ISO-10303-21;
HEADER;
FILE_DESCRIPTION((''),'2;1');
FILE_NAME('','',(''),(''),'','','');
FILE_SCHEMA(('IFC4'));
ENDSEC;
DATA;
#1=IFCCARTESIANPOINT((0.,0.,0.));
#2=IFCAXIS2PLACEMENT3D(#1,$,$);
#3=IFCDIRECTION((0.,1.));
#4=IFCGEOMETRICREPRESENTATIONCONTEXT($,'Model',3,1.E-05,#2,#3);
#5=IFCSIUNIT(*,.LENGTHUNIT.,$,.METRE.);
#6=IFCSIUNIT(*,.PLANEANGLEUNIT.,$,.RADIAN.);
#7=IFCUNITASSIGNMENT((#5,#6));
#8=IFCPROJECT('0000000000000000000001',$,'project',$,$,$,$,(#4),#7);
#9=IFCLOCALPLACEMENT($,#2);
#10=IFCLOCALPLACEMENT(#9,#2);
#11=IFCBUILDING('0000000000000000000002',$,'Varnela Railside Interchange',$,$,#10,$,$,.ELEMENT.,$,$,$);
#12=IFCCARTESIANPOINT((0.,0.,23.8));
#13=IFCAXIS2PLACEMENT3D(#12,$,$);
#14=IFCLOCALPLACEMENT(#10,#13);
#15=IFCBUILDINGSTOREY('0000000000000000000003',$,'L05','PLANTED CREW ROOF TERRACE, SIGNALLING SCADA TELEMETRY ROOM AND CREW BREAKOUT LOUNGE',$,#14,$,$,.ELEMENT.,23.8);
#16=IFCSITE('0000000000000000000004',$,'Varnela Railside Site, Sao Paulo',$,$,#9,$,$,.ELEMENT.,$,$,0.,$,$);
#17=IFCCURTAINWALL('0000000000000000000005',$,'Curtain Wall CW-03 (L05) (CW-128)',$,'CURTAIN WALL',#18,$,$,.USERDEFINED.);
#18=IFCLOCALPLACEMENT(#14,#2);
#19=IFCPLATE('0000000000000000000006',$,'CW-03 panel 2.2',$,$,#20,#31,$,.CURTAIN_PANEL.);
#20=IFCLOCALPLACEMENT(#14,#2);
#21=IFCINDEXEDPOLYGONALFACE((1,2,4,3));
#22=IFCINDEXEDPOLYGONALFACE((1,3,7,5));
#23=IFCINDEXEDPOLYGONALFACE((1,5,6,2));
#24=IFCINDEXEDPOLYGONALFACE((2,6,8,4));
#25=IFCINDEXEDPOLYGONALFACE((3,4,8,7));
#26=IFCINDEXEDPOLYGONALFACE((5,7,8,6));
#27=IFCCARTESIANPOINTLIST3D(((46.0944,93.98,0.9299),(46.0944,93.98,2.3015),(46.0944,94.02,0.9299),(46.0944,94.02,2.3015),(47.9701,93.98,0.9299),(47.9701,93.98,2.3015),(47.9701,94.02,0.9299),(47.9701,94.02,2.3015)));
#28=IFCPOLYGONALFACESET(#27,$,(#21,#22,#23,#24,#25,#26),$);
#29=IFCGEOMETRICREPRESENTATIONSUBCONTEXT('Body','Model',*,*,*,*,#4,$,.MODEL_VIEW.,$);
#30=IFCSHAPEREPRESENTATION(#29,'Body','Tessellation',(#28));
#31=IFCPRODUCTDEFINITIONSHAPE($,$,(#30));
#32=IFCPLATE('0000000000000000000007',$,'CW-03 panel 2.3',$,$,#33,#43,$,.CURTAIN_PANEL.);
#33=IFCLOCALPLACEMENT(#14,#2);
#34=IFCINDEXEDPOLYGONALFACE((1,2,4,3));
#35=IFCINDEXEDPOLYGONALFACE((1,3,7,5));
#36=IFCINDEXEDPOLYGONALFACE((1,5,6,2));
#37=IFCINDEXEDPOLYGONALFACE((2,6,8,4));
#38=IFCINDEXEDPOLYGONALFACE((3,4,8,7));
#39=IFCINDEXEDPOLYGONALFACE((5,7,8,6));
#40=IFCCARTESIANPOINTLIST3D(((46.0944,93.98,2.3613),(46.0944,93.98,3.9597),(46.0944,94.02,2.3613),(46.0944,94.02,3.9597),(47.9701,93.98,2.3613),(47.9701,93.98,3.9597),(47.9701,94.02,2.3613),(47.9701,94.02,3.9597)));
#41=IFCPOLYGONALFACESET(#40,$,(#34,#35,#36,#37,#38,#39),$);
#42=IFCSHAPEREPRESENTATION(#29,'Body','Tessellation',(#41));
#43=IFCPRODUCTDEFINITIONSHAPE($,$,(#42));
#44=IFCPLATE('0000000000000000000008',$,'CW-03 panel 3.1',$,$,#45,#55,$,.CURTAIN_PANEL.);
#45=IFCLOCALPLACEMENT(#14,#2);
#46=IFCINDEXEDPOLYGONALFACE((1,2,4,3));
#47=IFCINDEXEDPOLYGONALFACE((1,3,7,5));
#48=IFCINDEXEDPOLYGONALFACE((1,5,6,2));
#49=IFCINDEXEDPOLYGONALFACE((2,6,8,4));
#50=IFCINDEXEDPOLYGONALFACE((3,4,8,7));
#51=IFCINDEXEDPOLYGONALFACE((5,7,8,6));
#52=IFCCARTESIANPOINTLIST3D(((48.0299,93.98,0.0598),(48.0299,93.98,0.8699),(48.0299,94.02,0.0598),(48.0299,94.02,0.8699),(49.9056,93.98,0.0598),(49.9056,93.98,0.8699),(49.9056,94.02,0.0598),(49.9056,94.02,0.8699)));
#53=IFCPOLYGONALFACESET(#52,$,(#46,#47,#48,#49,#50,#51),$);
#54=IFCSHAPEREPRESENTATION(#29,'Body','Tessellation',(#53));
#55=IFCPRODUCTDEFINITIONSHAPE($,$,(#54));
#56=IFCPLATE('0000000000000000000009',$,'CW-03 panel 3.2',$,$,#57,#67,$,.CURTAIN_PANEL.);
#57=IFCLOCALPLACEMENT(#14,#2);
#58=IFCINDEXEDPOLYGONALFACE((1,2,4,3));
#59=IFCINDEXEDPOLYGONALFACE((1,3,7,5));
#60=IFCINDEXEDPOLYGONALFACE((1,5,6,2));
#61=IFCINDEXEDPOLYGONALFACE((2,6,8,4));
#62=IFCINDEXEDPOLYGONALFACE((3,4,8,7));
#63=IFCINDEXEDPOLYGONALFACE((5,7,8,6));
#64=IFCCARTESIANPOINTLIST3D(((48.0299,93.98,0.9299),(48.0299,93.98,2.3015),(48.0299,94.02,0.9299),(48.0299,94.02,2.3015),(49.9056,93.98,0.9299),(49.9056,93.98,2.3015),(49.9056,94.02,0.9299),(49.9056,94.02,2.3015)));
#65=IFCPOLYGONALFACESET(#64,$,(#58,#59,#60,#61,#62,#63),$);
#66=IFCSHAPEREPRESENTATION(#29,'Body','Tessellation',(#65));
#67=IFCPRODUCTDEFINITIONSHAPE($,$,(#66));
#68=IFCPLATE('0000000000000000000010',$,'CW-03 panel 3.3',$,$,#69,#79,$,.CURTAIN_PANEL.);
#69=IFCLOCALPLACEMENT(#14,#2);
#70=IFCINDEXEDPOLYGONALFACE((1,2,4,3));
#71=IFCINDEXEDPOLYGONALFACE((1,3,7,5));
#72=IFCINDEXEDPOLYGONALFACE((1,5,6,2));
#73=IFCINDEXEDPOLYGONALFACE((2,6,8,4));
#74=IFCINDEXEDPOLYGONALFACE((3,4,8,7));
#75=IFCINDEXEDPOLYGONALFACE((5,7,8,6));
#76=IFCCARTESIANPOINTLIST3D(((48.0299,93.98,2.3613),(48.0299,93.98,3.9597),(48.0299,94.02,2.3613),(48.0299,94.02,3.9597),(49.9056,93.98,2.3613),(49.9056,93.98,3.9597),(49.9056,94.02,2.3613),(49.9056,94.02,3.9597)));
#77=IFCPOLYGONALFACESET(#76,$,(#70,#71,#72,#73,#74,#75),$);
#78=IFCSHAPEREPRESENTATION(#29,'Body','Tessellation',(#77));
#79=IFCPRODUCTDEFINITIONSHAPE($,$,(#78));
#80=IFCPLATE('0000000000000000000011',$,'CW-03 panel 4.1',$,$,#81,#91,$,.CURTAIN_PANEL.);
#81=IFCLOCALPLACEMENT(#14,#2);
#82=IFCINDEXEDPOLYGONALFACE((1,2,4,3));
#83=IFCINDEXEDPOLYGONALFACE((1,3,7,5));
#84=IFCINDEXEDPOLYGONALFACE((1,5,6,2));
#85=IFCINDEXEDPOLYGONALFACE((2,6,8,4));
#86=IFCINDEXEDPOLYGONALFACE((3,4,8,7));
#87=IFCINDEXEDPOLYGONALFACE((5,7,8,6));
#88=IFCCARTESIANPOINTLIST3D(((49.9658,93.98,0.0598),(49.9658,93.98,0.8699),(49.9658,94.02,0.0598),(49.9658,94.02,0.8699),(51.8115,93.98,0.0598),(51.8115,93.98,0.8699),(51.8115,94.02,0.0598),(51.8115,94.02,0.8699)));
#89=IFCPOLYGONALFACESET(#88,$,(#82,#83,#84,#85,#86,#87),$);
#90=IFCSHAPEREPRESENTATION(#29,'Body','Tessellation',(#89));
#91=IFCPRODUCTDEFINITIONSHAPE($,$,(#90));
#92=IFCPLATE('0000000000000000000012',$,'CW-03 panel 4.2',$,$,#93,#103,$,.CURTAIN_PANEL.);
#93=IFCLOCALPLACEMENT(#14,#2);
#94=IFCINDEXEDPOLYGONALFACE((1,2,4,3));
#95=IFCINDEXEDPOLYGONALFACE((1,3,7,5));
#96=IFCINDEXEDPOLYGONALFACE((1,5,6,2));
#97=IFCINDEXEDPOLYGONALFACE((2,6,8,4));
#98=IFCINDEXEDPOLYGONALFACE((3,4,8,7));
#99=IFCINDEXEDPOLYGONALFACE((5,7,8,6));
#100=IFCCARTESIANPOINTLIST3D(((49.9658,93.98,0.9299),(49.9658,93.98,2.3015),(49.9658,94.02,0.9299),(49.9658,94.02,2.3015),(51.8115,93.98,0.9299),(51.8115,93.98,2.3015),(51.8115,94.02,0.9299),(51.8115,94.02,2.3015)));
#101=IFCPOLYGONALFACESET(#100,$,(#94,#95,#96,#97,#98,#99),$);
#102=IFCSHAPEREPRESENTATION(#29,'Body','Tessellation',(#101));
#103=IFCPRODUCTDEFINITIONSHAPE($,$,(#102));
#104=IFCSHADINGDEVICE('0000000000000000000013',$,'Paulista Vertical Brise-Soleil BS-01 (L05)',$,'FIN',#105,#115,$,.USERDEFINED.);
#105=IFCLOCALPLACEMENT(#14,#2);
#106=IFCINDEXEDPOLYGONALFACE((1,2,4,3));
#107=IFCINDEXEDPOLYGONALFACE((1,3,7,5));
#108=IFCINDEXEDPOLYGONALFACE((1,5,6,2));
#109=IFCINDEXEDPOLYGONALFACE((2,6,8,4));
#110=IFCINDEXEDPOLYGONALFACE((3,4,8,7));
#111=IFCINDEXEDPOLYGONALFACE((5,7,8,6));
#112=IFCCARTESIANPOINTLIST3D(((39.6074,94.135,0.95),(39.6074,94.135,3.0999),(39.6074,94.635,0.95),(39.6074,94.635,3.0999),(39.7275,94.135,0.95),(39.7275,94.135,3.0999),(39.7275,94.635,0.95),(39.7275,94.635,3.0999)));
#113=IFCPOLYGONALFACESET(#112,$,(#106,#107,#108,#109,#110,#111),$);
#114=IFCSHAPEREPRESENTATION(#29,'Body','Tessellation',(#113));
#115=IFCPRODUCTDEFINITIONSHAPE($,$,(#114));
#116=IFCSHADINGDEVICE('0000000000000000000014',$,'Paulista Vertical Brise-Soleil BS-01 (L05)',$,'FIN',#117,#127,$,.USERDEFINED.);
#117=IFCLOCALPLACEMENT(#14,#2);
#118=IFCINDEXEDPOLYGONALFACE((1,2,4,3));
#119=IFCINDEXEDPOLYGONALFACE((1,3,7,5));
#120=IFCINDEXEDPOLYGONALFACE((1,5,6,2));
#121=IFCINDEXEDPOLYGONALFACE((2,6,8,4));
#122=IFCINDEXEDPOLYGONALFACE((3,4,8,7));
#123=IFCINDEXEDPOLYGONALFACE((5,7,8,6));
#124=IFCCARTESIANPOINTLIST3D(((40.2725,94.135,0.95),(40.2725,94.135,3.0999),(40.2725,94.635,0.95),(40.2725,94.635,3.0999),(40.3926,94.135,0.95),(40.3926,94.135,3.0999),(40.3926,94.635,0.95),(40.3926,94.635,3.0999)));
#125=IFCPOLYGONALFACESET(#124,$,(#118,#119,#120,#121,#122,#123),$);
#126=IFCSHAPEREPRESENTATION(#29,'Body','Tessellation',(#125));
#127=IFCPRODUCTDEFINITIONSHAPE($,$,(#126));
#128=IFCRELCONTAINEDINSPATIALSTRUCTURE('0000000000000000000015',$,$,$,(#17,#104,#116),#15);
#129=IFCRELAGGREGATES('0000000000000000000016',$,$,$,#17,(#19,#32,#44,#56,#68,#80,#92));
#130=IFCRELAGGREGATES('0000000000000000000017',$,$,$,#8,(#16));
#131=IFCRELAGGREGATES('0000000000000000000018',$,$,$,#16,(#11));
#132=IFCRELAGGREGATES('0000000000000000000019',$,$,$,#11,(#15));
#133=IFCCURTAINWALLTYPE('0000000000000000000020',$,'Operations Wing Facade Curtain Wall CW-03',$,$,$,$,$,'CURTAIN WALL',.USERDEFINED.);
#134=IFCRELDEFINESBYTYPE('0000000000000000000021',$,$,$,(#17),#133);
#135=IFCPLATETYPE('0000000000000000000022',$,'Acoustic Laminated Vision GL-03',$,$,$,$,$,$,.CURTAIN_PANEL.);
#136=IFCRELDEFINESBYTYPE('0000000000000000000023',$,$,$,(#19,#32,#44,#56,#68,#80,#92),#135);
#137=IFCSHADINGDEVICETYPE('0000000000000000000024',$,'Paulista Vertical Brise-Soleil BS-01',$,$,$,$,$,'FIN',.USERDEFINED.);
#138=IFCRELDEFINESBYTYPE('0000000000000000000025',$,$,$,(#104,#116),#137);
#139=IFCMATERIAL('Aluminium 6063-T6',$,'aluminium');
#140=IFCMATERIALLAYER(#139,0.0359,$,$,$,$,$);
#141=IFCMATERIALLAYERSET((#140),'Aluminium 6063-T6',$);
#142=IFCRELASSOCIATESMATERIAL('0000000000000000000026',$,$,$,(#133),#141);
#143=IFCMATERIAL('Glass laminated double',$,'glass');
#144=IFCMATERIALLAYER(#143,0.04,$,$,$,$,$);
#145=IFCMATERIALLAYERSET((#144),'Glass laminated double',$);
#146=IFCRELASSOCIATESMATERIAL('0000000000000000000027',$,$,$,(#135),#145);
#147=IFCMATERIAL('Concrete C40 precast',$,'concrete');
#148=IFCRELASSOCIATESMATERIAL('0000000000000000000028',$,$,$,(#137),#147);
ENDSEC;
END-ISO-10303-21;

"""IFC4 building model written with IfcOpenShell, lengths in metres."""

from ifc_helpers import new_model, si_unit, direction, frame, origin, origin_2d, place, context, subcontext, project, spatial, rectangle, extrude, material, layer, layer_set, type_object, element, aggregate, save


model = new_model("IFC4")

# Units and contexts
model_context = context("Model", 3, precision=1e-05, world=origin(), true_north=direction((0.0, 1.0)))
body_context = subcontext(model_context, "Body", "Model", "MODEL_VIEW")
ifc_project = project(units=[si_unit("LENGTHUNIT", "METRE"), si_unit("PLANEANGLEUNIT", "RADIAN")], contexts=[model_context])

# Site, building, storey
site_placement = place(None, origin())
site = spatial("IfcSite", under=ifc_project, at=site_placement, Name="Varnela Railside Site, Sao Paulo", CompositionType="ELEMENT", RefElevation=0.0)
building_placement = place(site_placement, origin())
building = spatial("IfcBuilding", under=site, at=building_placement, Name="Varnela Railside Interchange", CompositionType="ELEMENT")
storey_placement = place(building_placement, frame((0.0, 0.0, 23.8)))
storey = spatial("IfcBuildingStorey", under=building, at=storey_placement, Name="L05", Description="PLANTED CREW ROOF TERRACE, SIGNALLING SCADA TELEMETRY ROOM AND CREW BREAKOUT LOUNGE", CompositionType="ELEMENT", Elevation=23.8)

# Curtain wall, plates
ifc_material_1 = material(Name="Aluminium 6063-T6", Category="aluminium")
ifc_layer_1 = layer(ifc_material_1, 0.0359)
ifc_layer_set_1 = layer_set([ifc_layer_1], Name="Aluminium 6063-T6")
curtain_wall_type = type_object("IfcCurtainWallType", Name="Operations Wing Facade Curtain Wall CW-03", ElementType="CURTAIN WALL", PredefinedType="USERDEFINED", material=ifc_layer_set_1)
curtain_wall_placement = place(storey_placement, origin())
curtain_wall = element("IfcCurtainWall", 1, at=curtain_wall_placement, inside=storey, type_object=curtain_wall_type, Name="Curtain Wall CW-03 (L05) (CW-128)", ObjectType="CURTAIN WALL", PredefinedType="USERDEFINED")
ifc_material_2 = material(Name="Glass laminated double", Category="glass")
ifc_layer_2 = layer(ifc_material_2, 0.04)
ifc_layer_set_2 = layer_set([ifc_layer_2], Name="Glass laminated double")
plate_type = type_object("IfcPlateType", Name="Acoustic Laminated Vision GL-03", PredefinedType="CURTAIN_PANEL", material=ifc_layer_set_2)
plate_1_placement = place(storey_placement, frame((47.0322, 94.0, 0.9299), z_axis=(0.0, 0.0, 1.0), x_axis=(1.0, 0.0, 0.0)))
plate_1 = element("IfcPlate", 2, at=plate_1_placement, type_object=plate_type, Name="CW-03 panel 2.2", PredefinedType="CURTAIN_PANEL", context=body_context, shape_type="SweptSolid", body=[
    extrude(rectangle(XDim=1.8757, YDim=0.04, at=origin_2d()), origin(), (0.0, 0.0, 1.0), 1.3716),
])
plate_2_placement = place(storey_placement, frame((47.0322, 94.0, 2.3613), z_axis=(0.0, 0.0, 1.0), x_axis=(1.0, 0.0, 0.0)))
plate_2 = element("IfcPlate", 3, at=plate_2_placement, type_object=plate_type, Name="CW-03 panel 2.3", PredefinedType="CURTAIN_PANEL", context=body_context, shape_type="SweptSolid", body=[
    extrude(rectangle(XDim=1.8757, YDim=0.04, at=origin_2d()), origin(), (0.0, 0.0, 1.0), 1.5984),
])
plate_3_placement = place(storey_placement, frame((48.9678, 94.0, 0.0598), z_axis=(0.0, 0.0, 1.0), x_axis=(1.0, 0.0, 0.0)))
plate_3 = element("IfcPlate", 4, at=plate_3_placement, type_object=plate_type, Name="CW-03 panel 3.1", PredefinedType="CURTAIN_PANEL", context=body_context, shape_type="SweptSolid", body=[
    extrude(rectangle(XDim=1.8757, YDim=0.04, at=origin_2d()), origin(), (0.0, 0.0, 1.0), 0.8101),
])
plate_4_placement = place(storey_placement, frame((48.9678, 94.0, 0.9299), z_axis=(0.0, 0.0, 1.0), x_axis=(1.0, 0.0, 0.0)))
plate_4 = element("IfcPlate", 5, at=plate_4_placement, type_object=plate_type, Name="CW-03 panel 3.2", PredefinedType="CURTAIN_PANEL", context=body_context, shape_type="SweptSolid", body=[
    extrude(rectangle(XDim=1.8757, YDim=0.04, at=origin_2d()), origin(), (0.0, 0.0, 1.0), 1.3716),
])
plate_5_placement = place(storey_placement, frame((48.9678, 94.0, 2.3613), z_axis=(0.0, 0.0, 1.0), x_axis=(1.0, 0.0, 0.0)))
plate_5 = element("IfcPlate", 6, at=plate_5_placement, type_object=plate_type, Name="CW-03 panel 3.3", PredefinedType="CURTAIN_PANEL", context=body_context, shape_type="SweptSolid", body=[
    extrude(rectangle(XDim=1.8757, YDim=0.04, at=origin_2d()), origin(), (0.0, 0.0, 1.0), 1.5984),
])
plate_6_placement = place(storey_placement, frame((50.8887, 94.0, 0.0598), z_axis=(0.0, 0.0, 1.0), x_axis=(1.0, 0.0, 0.0)))
plate_6 = element("IfcPlate", 7, at=plate_6_placement, type_object=plate_type, Name="CW-03 panel 4.1", PredefinedType="CURTAIN_PANEL", context=body_context, shape_type="SweptSolid", body=[
    extrude(rectangle(XDim=1.8457, YDim=0.04, at=origin_2d()), origin(), (0.0, 0.0, 1.0), 0.8101),
])
plate_7_placement = place(storey_placement, frame((50.8887, 94.0, 0.9299), z_axis=(0.0, 0.0, 1.0), x_axis=(1.0, 0.0, 0.0)))
plate_7 = element("IfcPlate", 8, at=plate_7_placement, type_object=plate_type, Name="CW-03 panel 4.2", PredefinedType="CURTAIN_PANEL", context=body_context, shape_type="SweptSolid", body=[
    extrude(rectangle(XDim=1.8457, YDim=0.04, at=origin_2d()), origin(), (0.0, 0.0, 1.0), 1.3716),
])
aggregate(curtain_wall, [plate_1, plate_2, plate_3, plate_4, plate_5, plate_6, plate_7])

# Shading devices
ifc_material_3 = material(Name="Concrete C40 precast", Category="concrete")
shading_device_type = type_object("IfcShadingDeviceType", Name="Paulista Vertical Brise-Soleil BS-01", ElementType="FIN", PredefinedType="USERDEFINED", material=ifc_material_3)
for number, where, z_axis, x_axis, name in (
    (9, (39.6675, 94.385, 0.95), (0.0, 0.0, 1.0), (0.0, 1.0, 0.0), "Paulista Vertical Brise-Soleil BS-01 (L05)"),
    (10, (40.3325, 94.385, 0.95), (0.0, 0.0, 1.0), (0.0, 1.0, 0.0), "Paulista Vertical Brise-Soleil BS-01 (L05)"),
):
    element("IfcShadingDevice", number, at=place(storey_placement, frame(where, z_axis=z_axis, x_axis=x_axis)), inside=storey, type_object=shading_device_type, Name=name, ObjectType="FIN", PredefinedType="USERDEFINED", context=body_context, shape_type="SweptSolid", body=[
        extrude(rectangle(XDim=0.5, YDim=0.1201, at=origin_2d()), origin(), (0.0, 0.0, 1.0), 2.1499),
    ])

save(model, "model.ifc")
